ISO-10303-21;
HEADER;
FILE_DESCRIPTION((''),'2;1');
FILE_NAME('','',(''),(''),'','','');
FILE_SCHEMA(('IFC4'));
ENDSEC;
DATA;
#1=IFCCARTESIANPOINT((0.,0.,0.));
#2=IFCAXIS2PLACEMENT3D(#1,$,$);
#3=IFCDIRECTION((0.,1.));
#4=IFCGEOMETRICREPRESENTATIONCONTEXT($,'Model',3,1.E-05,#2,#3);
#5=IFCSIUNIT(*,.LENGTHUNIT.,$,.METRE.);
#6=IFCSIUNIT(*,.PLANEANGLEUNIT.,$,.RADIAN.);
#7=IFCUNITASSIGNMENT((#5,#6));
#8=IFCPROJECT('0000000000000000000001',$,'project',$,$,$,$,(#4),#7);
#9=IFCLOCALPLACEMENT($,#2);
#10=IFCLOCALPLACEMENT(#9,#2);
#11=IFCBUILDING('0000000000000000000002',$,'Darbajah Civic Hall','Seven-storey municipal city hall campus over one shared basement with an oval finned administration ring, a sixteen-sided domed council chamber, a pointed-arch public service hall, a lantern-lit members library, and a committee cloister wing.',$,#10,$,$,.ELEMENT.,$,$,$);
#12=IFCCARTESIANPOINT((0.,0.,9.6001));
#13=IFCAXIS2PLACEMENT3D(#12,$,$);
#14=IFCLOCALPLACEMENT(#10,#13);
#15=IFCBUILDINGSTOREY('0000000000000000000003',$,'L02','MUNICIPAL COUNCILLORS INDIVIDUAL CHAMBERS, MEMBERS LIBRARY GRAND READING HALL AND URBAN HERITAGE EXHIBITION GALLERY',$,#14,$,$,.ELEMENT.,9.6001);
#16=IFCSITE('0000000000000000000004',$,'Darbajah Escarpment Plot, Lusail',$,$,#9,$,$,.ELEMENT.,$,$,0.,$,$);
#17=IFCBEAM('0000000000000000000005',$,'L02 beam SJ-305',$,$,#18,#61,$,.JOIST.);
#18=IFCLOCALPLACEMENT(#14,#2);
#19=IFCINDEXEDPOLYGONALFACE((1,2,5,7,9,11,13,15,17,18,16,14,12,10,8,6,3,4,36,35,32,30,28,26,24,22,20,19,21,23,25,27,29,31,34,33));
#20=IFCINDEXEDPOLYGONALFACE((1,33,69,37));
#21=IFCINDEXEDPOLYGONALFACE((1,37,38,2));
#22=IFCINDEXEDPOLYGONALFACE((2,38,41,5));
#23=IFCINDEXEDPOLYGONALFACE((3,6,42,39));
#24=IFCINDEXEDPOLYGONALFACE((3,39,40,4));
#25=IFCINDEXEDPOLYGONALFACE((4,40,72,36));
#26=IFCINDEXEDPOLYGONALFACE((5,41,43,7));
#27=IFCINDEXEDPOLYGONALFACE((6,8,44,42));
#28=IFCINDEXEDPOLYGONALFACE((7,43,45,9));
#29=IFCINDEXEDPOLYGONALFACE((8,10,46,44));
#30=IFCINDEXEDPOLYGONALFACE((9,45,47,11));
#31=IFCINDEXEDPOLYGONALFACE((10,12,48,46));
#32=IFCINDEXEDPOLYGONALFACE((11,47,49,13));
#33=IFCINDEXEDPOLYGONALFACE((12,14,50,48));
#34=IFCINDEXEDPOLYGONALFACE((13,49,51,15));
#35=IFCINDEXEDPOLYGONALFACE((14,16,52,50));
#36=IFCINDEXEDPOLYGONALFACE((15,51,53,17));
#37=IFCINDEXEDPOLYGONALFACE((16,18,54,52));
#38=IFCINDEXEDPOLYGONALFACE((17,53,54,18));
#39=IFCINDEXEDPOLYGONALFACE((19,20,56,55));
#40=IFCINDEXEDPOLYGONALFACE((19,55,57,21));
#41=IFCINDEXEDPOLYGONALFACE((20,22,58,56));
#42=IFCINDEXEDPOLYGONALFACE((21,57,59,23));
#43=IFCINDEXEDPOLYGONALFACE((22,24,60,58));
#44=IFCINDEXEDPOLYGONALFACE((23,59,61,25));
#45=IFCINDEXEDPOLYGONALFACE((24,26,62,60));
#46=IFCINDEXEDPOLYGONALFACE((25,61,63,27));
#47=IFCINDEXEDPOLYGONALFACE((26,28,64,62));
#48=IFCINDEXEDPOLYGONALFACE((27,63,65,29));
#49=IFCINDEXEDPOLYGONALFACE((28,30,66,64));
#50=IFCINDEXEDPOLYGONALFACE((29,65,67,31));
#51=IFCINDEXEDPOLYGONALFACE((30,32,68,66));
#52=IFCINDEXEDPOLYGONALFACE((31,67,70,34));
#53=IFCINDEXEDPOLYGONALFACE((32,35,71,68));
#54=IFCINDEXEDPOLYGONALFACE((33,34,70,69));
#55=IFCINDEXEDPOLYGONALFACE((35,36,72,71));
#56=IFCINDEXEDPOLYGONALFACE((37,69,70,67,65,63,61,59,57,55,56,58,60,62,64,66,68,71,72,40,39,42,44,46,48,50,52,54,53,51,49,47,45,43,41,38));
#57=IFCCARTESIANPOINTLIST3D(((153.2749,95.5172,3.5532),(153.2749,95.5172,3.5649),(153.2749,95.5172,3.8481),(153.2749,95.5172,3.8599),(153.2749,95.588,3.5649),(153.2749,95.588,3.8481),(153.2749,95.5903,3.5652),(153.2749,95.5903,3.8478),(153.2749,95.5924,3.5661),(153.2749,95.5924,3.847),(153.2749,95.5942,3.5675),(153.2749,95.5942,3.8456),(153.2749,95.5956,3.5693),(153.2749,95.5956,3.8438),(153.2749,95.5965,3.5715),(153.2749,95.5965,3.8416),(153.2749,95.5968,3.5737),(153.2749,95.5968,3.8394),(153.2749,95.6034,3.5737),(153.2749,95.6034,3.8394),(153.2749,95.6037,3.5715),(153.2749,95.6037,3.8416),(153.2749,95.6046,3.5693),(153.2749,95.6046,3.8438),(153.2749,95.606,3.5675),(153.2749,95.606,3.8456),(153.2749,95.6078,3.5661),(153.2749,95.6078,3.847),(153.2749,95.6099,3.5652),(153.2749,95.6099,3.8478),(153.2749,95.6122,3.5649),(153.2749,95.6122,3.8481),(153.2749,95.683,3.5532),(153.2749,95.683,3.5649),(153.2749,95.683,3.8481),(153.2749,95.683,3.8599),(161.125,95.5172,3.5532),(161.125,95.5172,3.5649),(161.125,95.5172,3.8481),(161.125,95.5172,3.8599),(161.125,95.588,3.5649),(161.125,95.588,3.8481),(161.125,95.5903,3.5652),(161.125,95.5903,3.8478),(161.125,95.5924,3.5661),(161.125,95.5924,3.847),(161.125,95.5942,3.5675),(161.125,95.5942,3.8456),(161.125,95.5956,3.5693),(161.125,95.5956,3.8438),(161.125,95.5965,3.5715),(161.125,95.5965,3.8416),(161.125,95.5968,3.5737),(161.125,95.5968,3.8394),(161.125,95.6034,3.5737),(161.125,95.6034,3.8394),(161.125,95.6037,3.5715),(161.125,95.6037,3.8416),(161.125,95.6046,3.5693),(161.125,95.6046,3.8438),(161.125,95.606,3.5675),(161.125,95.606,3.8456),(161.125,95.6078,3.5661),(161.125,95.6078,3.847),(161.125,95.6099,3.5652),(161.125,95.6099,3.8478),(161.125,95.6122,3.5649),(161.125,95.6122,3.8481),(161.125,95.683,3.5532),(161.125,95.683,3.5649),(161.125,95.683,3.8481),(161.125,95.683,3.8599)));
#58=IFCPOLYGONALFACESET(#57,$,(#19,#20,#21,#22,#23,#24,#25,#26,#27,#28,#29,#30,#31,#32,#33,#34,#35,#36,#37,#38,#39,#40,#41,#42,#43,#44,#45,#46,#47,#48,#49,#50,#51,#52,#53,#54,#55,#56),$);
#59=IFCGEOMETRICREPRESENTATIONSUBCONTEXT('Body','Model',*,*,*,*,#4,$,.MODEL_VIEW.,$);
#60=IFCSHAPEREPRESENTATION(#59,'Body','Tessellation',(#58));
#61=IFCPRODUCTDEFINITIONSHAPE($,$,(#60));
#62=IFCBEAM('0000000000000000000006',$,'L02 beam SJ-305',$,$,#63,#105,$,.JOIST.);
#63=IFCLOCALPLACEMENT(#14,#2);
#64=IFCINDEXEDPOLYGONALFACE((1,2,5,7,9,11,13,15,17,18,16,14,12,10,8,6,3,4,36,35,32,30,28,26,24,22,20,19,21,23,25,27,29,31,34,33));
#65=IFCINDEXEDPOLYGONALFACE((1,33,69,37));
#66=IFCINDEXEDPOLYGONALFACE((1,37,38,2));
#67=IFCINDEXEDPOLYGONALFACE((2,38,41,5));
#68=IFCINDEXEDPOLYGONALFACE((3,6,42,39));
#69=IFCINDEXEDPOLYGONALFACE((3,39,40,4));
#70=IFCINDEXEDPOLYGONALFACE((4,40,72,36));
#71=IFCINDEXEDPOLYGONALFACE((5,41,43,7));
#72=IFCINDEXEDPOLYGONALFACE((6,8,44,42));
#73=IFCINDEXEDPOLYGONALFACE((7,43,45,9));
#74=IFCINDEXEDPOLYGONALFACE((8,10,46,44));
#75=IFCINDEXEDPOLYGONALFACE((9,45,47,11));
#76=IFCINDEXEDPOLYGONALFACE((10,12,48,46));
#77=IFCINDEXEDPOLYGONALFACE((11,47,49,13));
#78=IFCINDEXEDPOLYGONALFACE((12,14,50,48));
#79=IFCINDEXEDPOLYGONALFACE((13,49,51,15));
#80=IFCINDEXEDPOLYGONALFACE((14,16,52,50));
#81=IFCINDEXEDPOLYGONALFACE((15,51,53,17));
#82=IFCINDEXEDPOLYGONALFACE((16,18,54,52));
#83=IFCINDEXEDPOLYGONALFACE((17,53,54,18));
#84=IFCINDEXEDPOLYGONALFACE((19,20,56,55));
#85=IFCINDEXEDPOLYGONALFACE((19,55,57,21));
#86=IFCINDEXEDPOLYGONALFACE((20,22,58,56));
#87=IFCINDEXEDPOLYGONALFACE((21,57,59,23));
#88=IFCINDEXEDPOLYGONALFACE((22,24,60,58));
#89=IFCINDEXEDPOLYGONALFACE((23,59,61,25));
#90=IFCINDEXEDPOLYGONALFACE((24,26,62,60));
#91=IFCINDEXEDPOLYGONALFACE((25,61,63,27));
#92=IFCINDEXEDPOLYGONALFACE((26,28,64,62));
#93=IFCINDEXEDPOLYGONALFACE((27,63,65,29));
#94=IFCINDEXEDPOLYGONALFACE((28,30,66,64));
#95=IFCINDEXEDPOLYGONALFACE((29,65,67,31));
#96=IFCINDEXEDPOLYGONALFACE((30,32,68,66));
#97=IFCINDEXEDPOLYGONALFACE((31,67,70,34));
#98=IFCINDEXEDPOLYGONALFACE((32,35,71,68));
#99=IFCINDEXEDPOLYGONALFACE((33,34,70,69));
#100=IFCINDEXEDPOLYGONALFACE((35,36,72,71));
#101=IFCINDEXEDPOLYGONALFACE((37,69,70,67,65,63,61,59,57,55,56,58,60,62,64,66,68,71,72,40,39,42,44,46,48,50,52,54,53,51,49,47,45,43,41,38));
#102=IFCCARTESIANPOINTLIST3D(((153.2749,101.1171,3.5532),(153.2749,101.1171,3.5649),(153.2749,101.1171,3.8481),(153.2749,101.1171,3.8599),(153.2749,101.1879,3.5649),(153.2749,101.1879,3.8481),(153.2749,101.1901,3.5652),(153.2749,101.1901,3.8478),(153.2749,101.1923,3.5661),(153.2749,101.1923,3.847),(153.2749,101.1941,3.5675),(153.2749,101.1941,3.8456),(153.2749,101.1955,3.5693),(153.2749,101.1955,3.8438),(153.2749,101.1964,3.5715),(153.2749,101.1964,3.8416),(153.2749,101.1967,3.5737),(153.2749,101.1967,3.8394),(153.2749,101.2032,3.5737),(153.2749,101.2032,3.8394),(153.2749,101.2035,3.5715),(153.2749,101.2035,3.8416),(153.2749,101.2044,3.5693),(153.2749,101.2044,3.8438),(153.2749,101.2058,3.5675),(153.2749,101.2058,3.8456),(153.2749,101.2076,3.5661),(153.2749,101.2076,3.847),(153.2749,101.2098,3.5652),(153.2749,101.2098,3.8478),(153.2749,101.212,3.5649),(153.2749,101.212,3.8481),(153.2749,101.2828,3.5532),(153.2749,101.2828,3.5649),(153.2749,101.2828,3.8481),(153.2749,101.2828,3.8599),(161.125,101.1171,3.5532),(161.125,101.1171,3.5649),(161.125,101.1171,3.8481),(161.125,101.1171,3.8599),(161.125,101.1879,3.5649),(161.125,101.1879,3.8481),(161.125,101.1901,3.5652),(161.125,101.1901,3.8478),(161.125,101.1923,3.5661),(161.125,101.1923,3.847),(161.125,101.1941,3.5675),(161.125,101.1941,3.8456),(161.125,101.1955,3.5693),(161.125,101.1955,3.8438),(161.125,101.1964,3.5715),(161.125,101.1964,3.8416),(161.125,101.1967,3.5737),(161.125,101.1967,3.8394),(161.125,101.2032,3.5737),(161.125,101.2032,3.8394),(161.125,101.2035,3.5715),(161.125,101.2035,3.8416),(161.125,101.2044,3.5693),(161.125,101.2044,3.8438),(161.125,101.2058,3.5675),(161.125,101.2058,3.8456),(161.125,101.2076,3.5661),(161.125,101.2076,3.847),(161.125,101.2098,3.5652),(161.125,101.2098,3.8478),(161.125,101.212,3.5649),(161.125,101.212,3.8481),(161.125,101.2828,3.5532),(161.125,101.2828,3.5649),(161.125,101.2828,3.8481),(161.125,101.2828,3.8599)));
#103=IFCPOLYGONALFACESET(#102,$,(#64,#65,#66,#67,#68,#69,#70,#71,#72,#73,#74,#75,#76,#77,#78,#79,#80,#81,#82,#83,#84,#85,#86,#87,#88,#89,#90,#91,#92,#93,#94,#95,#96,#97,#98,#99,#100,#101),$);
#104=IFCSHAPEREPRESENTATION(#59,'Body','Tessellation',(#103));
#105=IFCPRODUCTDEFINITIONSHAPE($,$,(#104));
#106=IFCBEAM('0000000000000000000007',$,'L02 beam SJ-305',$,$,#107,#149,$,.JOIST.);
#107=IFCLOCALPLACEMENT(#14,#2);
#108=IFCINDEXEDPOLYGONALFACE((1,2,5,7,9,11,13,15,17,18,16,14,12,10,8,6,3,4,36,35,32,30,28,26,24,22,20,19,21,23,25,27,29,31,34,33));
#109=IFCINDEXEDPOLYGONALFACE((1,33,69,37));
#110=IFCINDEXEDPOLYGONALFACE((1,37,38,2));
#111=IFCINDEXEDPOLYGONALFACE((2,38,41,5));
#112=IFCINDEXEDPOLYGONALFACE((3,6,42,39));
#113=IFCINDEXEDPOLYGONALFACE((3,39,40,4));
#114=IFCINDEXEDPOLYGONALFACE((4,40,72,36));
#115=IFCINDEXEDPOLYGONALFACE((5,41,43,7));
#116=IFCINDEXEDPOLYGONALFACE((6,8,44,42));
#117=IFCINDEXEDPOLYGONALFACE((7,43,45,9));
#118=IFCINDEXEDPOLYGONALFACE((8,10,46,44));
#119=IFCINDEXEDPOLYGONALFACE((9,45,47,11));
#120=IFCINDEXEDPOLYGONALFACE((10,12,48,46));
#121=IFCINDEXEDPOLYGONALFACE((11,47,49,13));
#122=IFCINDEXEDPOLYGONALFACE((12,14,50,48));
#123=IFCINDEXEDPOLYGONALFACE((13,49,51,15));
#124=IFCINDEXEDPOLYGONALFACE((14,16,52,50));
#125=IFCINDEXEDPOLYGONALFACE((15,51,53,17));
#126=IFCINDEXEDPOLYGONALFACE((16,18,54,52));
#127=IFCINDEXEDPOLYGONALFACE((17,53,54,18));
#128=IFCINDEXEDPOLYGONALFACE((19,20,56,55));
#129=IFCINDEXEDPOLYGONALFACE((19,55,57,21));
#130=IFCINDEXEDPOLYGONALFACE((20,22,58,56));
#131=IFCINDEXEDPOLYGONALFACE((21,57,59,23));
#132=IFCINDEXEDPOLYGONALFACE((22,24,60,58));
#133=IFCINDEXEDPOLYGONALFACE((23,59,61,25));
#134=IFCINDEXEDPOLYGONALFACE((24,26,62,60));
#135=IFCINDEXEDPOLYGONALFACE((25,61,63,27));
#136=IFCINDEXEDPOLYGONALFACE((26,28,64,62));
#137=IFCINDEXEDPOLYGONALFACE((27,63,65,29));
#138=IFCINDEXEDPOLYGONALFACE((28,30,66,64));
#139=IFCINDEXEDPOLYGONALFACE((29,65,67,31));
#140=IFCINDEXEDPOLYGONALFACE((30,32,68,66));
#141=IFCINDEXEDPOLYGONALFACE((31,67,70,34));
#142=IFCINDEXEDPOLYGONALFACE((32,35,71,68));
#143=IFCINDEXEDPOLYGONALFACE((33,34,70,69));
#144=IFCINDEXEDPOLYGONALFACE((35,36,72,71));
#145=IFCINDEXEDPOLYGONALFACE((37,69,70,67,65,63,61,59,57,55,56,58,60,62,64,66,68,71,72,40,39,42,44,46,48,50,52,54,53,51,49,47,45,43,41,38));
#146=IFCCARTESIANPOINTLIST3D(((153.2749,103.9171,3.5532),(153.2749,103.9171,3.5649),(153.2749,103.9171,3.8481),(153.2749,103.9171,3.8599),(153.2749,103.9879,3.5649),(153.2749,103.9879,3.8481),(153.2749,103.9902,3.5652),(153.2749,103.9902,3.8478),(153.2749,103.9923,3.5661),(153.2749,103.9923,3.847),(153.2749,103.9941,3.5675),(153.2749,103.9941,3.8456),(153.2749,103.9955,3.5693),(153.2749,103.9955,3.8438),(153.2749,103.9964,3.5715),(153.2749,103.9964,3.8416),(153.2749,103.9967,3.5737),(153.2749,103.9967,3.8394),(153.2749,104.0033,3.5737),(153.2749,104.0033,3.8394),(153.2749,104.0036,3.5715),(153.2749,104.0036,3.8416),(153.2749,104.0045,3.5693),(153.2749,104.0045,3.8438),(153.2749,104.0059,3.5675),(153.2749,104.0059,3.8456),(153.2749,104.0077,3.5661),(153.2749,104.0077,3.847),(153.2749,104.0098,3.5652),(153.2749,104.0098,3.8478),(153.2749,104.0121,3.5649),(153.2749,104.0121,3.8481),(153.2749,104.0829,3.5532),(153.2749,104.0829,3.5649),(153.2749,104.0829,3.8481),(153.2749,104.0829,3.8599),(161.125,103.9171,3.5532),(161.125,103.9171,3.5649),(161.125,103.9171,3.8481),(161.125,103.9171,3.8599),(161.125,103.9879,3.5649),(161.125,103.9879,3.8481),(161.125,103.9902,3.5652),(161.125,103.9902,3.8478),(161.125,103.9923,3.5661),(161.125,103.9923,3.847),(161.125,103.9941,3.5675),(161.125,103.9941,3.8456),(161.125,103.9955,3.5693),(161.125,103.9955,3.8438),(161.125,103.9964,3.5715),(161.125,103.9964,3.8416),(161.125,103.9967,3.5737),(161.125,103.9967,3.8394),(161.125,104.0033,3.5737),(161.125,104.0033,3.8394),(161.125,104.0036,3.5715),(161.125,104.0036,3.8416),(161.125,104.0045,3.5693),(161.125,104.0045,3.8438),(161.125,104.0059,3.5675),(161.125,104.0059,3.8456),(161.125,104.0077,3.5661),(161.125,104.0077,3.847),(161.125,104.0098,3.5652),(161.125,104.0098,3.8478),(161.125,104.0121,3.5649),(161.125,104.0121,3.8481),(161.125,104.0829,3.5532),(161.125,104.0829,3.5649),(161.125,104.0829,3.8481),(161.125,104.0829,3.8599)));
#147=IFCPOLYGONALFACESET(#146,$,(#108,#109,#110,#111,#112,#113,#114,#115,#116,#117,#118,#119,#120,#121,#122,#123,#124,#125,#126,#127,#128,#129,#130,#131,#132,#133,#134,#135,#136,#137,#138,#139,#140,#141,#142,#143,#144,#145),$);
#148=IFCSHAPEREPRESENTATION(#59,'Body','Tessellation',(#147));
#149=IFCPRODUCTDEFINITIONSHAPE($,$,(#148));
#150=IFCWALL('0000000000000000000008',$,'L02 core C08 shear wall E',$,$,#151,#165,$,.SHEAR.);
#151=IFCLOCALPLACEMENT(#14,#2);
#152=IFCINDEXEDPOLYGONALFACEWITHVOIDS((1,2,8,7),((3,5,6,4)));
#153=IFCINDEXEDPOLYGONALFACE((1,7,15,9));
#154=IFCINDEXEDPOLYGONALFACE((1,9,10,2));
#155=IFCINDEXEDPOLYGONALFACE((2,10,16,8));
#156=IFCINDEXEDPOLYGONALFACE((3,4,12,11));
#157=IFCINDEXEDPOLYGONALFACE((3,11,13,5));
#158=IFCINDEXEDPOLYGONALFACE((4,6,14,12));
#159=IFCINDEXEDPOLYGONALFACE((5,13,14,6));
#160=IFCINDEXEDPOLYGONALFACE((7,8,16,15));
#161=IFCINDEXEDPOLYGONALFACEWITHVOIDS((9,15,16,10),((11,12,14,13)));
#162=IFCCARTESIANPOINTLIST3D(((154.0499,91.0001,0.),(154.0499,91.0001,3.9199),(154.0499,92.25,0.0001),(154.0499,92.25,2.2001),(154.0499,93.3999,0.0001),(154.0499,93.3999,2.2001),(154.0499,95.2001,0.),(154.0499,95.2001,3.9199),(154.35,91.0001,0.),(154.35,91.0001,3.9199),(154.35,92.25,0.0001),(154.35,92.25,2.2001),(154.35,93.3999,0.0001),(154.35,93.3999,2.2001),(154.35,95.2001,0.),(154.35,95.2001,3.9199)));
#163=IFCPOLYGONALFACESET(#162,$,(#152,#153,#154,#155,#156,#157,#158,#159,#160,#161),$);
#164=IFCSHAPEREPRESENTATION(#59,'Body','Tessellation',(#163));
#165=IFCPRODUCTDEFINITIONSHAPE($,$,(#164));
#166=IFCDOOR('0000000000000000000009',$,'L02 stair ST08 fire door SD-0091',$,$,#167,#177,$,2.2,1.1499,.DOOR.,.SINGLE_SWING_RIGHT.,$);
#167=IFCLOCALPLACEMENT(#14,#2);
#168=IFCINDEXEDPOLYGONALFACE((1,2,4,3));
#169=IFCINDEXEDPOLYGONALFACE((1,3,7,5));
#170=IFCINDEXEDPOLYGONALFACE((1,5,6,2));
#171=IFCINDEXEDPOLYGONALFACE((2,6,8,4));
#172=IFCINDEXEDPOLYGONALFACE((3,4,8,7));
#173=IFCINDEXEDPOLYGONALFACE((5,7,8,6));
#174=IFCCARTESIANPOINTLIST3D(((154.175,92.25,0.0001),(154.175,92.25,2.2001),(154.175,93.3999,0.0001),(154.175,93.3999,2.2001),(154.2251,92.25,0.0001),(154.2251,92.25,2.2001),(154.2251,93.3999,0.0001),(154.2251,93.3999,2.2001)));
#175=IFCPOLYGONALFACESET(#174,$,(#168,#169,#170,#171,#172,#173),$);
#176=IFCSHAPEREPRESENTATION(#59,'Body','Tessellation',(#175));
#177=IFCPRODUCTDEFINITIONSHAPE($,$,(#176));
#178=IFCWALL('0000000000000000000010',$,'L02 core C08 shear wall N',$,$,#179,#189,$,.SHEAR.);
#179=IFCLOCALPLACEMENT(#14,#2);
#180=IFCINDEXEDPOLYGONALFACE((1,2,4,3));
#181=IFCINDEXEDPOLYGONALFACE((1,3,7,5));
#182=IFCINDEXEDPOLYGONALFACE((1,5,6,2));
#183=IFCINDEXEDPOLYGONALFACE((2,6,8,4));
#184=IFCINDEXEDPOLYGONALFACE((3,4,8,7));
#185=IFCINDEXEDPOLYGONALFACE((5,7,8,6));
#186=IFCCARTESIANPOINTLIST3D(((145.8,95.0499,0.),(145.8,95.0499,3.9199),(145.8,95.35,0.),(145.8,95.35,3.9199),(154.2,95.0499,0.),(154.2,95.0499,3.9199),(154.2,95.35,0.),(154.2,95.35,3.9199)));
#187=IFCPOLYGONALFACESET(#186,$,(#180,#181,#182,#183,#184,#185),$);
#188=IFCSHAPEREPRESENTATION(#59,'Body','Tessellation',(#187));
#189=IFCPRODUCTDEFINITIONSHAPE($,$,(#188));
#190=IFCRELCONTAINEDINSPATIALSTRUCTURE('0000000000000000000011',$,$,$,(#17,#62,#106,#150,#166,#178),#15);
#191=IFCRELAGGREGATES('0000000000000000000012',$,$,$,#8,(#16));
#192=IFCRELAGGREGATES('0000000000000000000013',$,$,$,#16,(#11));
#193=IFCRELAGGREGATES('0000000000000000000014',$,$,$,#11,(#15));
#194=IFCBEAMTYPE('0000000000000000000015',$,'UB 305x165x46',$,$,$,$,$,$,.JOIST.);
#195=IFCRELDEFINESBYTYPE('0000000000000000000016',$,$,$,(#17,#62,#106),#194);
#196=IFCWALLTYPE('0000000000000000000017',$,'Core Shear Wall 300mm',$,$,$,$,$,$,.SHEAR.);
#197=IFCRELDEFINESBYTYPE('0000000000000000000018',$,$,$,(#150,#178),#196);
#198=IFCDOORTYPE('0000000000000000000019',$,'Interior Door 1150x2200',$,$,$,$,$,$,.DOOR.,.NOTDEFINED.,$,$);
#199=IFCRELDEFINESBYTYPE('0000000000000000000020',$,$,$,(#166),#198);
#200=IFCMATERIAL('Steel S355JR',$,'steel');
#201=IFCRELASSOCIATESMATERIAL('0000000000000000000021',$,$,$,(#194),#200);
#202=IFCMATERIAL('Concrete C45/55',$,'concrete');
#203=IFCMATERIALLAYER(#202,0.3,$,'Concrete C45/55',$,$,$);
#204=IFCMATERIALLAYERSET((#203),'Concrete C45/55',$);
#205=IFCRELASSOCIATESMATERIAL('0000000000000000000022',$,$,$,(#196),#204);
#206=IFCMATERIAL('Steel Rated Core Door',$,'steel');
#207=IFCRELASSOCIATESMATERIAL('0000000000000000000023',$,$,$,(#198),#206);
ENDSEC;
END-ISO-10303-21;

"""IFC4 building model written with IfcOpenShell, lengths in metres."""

from ifc_helpers import new_model, si_unit, direction, frame, frame_2d, origin, origin_2d, place, context, subcontext, project, spatial, rectangle, i_section, extrude, material, layer, layer_set, material_profile, profile_set, type_object, element, fill, save


model = new_model("IFC4")

# Units and contexts
model_context = context("Model", 3, precision=1e-05, world=origin(), true_north=direction((0.0, 1.0)))
body_context = subcontext(model_context, "Body", "Model", "MODEL_VIEW")
ifc_project = project(units=[si_unit("LENGTHUNIT", "METRE"), si_unit("PLANEANGLEUNIT", "RADIAN")], contexts=[model_context])

# Site, building, storey
site_placement = place(None, origin())
site = spatial("IfcSite", under=ifc_project, at=site_placement, Name="Darbajah Escarpment Plot, Lusail", CompositionType="ELEMENT", RefElevation=0.0)
building_placement = place(site_placement, origin())
building = spatial("IfcBuilding", under=site, at=building_placement, Name="Darbajah Civic Hall", Description="Seven-storey municipal city hall campus over one shared basement with an oval finned administration ring, a sixteen-sided domed council chamber, a pointed-arch public service hall, a lantern-lit members library, and a committee cloister wing.", CompositionType="ELEMENT")
storey_placement = place(building_placement, frame((0.0, 0.0, 9.6001)))
storey = spatial("IfcBuildingStorey", under=building, at=storey_placement, Name="L02", Description="MUNICIPAL COUNCILLORS INDIVIDUAL CHAMBERS, MEMBERS LIBRARY GRAND READING HALL AND URBAN HERITAGE EXHIBITION GALLERY", CompositionType="ELEMENT", Elevation=9.6001)

# Shared definitions
ifc_material_1 = material(Name="Concrete C45/55", Category="concrete")

# Beams
ifc_material_2 = material(Name="Steel S355JR", Category="steel")
ifc_material_profile_1 = material_profile(ifc_material_2, i_section(OverallWidth=0.1658, OverallDepth=0.3066, WebThickness=0.0066, FlangeThickness=0.0117, FilletRadius=0.0088, at=origin_2d()), Name="UB 305x165x46")
ifc_profile_set_1 = profile_set([ifc_material_profile_1], Name="Steel S355JR")
beam_type_1 = type_object("IfcBeamType", Name="UB 305x165x46", PredefinedType="JOIST", material=ifc_profile_set_1)
for number, where, z_axis, x_axis, name in (
    (1, (153.2749, 95.6001, 3.7065), (1.0, 0.0, 0.0), (0.0, 1.0, 0.0), "L02 beam SJ-305"),
    (2, (153.2749, 101.2, 3.7065), (1.0, 0.0, 0.0), (0.0, 1.0, 0.0), "L02 beam SJ-305"),
    (3, (153.2749, 104.0, 3.7065), (1.0, 0.0, 0.0), (0.0, 1.0, 0.0), "L02 beam SJ-305"),
):
    element("IfcBeam", number, at=place(storey_placement, frame(where, z_axis=z_axis, x_axis=x_axis)), inside=storey, type_object=beam_type_1, Name=name, PredefinedType="JOIST", context=body_context, shape_type="SweptSolid", body=[
        extrude(i_section(OverallWidth=0.1658, OverallDepth=0.3066, WebThickness=0.0066, FlangeThickness=0.0117, FilletRadius=0.0088, at=origin_2d()), origin(), (0.0, 0.0, 1.0), 7.8501),
    ])

# Wall, opening, door
ifc_layer_1 = layer(ifc_material_1, 0.3, Name="Concrete C45/55")
ifc_layer_set_1 = layer_set([ifc_layer_1], Name="Concrete C45/55")
wall_type_1 = type_object("IfcWallType", Name="Core Shear Wall 300mm", PredefinedType="SHEAR", material=ifc_layer_set_1)
wall_1_placement = place(storey_placement, frame((154.2, 91.0, 0.0), z_axis=(0.0, 0.0, 1.0), x_axis=(0.0, 1.0, 0.0)))
wall_1 = element("IfcWall", 4, at=wall_1_placement, inside=storey, type_object=wall_type_1, Name="L02 core C08 shear wall E", PredefinedType="SHEAR", context=body_context, shape_type="SweptSolid", body=[
    extrude(rectangle(XDim=4.2, YDim=0.3, at=frame_2d((2.1001, 0.0))), origin(), (0.0, 0.0, 1.0), 3.9199),
])
opening_1_placement = place(wall_1_placement, frame((1.25, 0.0, 0.0)))
opening_1 = element("IfcOpeningElement", 5, at=opening_1_placement, cuts=wall_1, PredefinedType="OPENING", context=body_context, shape_type="SweptSolid", body=[
    extrude(rectangle(XDim=1.1499, YDim=2.2, at=frame_2d((0.575, 1.1001))), frame((0.0, 0.1599, 0.0), z_axis=(0.0, -1.0, 0.0), x_axis=(1.0, 0.0, 0.0)), (0.0, 0.0, 1.0), 0.3201),
])
ifc_material_3 = material(Name="Steel Rated Core Door", Category="steel")
door_type_1 = type_object("IfcDoorType", Name="Interior Door 1150x2200", OperationType="NOTDEFINED", PredefinedType="DOOR", material=ifc_material_3)
door_1_placement = place(opening_1_placement, origin())
door_1 = element("IfcDoor", 6, at=door_1_placement, inside=storey, type_object=door_type_1, Name="L02 stair ST08 fire door SD-0091", OperationType="SINGLE_SWING_RIGHT", OverallHeight=2.2, OverallWidth=1.1499, PredefinedType="DOOR", context=body_context, shape_type="SweptSolid", body=[
    extrude(rectangle(XDim=1.1499, YDim=2.2, at=frame_2d((0.575, 1.1001))), frame((0.0, 0.0249, 0.0), z_axis=(0.0, -1.0, 0.0), x_axis=(1.0, 0.0, 0.0)), (0.0, 0.0, 1.0), 0.05),
])
fill(opening_1, door_1)

# Wall
wall_2_placement = place(storey_placement, frame((154.2, 95.2, 0.0), z_axis=(0.0, 0.0, 1.0), x_axis=(-1.0, 0.0, 0.0)))
element("IfcWall", 7, at=wall_2_placement, inside=storey, type_object=wall_type_1, Name="L02 core C08 shear wall N", PredefinedType="SHEAR", context=body_context, shape_type="SweptSolid", body=[
    extrude(rectangle(XDim=8.3999, YDim=0.3, at=frame_2d((4.2, 0.0))), origin(), (0.0, 0.0, 1.0), 3.9199),
])

save(model, "model.ifc")
